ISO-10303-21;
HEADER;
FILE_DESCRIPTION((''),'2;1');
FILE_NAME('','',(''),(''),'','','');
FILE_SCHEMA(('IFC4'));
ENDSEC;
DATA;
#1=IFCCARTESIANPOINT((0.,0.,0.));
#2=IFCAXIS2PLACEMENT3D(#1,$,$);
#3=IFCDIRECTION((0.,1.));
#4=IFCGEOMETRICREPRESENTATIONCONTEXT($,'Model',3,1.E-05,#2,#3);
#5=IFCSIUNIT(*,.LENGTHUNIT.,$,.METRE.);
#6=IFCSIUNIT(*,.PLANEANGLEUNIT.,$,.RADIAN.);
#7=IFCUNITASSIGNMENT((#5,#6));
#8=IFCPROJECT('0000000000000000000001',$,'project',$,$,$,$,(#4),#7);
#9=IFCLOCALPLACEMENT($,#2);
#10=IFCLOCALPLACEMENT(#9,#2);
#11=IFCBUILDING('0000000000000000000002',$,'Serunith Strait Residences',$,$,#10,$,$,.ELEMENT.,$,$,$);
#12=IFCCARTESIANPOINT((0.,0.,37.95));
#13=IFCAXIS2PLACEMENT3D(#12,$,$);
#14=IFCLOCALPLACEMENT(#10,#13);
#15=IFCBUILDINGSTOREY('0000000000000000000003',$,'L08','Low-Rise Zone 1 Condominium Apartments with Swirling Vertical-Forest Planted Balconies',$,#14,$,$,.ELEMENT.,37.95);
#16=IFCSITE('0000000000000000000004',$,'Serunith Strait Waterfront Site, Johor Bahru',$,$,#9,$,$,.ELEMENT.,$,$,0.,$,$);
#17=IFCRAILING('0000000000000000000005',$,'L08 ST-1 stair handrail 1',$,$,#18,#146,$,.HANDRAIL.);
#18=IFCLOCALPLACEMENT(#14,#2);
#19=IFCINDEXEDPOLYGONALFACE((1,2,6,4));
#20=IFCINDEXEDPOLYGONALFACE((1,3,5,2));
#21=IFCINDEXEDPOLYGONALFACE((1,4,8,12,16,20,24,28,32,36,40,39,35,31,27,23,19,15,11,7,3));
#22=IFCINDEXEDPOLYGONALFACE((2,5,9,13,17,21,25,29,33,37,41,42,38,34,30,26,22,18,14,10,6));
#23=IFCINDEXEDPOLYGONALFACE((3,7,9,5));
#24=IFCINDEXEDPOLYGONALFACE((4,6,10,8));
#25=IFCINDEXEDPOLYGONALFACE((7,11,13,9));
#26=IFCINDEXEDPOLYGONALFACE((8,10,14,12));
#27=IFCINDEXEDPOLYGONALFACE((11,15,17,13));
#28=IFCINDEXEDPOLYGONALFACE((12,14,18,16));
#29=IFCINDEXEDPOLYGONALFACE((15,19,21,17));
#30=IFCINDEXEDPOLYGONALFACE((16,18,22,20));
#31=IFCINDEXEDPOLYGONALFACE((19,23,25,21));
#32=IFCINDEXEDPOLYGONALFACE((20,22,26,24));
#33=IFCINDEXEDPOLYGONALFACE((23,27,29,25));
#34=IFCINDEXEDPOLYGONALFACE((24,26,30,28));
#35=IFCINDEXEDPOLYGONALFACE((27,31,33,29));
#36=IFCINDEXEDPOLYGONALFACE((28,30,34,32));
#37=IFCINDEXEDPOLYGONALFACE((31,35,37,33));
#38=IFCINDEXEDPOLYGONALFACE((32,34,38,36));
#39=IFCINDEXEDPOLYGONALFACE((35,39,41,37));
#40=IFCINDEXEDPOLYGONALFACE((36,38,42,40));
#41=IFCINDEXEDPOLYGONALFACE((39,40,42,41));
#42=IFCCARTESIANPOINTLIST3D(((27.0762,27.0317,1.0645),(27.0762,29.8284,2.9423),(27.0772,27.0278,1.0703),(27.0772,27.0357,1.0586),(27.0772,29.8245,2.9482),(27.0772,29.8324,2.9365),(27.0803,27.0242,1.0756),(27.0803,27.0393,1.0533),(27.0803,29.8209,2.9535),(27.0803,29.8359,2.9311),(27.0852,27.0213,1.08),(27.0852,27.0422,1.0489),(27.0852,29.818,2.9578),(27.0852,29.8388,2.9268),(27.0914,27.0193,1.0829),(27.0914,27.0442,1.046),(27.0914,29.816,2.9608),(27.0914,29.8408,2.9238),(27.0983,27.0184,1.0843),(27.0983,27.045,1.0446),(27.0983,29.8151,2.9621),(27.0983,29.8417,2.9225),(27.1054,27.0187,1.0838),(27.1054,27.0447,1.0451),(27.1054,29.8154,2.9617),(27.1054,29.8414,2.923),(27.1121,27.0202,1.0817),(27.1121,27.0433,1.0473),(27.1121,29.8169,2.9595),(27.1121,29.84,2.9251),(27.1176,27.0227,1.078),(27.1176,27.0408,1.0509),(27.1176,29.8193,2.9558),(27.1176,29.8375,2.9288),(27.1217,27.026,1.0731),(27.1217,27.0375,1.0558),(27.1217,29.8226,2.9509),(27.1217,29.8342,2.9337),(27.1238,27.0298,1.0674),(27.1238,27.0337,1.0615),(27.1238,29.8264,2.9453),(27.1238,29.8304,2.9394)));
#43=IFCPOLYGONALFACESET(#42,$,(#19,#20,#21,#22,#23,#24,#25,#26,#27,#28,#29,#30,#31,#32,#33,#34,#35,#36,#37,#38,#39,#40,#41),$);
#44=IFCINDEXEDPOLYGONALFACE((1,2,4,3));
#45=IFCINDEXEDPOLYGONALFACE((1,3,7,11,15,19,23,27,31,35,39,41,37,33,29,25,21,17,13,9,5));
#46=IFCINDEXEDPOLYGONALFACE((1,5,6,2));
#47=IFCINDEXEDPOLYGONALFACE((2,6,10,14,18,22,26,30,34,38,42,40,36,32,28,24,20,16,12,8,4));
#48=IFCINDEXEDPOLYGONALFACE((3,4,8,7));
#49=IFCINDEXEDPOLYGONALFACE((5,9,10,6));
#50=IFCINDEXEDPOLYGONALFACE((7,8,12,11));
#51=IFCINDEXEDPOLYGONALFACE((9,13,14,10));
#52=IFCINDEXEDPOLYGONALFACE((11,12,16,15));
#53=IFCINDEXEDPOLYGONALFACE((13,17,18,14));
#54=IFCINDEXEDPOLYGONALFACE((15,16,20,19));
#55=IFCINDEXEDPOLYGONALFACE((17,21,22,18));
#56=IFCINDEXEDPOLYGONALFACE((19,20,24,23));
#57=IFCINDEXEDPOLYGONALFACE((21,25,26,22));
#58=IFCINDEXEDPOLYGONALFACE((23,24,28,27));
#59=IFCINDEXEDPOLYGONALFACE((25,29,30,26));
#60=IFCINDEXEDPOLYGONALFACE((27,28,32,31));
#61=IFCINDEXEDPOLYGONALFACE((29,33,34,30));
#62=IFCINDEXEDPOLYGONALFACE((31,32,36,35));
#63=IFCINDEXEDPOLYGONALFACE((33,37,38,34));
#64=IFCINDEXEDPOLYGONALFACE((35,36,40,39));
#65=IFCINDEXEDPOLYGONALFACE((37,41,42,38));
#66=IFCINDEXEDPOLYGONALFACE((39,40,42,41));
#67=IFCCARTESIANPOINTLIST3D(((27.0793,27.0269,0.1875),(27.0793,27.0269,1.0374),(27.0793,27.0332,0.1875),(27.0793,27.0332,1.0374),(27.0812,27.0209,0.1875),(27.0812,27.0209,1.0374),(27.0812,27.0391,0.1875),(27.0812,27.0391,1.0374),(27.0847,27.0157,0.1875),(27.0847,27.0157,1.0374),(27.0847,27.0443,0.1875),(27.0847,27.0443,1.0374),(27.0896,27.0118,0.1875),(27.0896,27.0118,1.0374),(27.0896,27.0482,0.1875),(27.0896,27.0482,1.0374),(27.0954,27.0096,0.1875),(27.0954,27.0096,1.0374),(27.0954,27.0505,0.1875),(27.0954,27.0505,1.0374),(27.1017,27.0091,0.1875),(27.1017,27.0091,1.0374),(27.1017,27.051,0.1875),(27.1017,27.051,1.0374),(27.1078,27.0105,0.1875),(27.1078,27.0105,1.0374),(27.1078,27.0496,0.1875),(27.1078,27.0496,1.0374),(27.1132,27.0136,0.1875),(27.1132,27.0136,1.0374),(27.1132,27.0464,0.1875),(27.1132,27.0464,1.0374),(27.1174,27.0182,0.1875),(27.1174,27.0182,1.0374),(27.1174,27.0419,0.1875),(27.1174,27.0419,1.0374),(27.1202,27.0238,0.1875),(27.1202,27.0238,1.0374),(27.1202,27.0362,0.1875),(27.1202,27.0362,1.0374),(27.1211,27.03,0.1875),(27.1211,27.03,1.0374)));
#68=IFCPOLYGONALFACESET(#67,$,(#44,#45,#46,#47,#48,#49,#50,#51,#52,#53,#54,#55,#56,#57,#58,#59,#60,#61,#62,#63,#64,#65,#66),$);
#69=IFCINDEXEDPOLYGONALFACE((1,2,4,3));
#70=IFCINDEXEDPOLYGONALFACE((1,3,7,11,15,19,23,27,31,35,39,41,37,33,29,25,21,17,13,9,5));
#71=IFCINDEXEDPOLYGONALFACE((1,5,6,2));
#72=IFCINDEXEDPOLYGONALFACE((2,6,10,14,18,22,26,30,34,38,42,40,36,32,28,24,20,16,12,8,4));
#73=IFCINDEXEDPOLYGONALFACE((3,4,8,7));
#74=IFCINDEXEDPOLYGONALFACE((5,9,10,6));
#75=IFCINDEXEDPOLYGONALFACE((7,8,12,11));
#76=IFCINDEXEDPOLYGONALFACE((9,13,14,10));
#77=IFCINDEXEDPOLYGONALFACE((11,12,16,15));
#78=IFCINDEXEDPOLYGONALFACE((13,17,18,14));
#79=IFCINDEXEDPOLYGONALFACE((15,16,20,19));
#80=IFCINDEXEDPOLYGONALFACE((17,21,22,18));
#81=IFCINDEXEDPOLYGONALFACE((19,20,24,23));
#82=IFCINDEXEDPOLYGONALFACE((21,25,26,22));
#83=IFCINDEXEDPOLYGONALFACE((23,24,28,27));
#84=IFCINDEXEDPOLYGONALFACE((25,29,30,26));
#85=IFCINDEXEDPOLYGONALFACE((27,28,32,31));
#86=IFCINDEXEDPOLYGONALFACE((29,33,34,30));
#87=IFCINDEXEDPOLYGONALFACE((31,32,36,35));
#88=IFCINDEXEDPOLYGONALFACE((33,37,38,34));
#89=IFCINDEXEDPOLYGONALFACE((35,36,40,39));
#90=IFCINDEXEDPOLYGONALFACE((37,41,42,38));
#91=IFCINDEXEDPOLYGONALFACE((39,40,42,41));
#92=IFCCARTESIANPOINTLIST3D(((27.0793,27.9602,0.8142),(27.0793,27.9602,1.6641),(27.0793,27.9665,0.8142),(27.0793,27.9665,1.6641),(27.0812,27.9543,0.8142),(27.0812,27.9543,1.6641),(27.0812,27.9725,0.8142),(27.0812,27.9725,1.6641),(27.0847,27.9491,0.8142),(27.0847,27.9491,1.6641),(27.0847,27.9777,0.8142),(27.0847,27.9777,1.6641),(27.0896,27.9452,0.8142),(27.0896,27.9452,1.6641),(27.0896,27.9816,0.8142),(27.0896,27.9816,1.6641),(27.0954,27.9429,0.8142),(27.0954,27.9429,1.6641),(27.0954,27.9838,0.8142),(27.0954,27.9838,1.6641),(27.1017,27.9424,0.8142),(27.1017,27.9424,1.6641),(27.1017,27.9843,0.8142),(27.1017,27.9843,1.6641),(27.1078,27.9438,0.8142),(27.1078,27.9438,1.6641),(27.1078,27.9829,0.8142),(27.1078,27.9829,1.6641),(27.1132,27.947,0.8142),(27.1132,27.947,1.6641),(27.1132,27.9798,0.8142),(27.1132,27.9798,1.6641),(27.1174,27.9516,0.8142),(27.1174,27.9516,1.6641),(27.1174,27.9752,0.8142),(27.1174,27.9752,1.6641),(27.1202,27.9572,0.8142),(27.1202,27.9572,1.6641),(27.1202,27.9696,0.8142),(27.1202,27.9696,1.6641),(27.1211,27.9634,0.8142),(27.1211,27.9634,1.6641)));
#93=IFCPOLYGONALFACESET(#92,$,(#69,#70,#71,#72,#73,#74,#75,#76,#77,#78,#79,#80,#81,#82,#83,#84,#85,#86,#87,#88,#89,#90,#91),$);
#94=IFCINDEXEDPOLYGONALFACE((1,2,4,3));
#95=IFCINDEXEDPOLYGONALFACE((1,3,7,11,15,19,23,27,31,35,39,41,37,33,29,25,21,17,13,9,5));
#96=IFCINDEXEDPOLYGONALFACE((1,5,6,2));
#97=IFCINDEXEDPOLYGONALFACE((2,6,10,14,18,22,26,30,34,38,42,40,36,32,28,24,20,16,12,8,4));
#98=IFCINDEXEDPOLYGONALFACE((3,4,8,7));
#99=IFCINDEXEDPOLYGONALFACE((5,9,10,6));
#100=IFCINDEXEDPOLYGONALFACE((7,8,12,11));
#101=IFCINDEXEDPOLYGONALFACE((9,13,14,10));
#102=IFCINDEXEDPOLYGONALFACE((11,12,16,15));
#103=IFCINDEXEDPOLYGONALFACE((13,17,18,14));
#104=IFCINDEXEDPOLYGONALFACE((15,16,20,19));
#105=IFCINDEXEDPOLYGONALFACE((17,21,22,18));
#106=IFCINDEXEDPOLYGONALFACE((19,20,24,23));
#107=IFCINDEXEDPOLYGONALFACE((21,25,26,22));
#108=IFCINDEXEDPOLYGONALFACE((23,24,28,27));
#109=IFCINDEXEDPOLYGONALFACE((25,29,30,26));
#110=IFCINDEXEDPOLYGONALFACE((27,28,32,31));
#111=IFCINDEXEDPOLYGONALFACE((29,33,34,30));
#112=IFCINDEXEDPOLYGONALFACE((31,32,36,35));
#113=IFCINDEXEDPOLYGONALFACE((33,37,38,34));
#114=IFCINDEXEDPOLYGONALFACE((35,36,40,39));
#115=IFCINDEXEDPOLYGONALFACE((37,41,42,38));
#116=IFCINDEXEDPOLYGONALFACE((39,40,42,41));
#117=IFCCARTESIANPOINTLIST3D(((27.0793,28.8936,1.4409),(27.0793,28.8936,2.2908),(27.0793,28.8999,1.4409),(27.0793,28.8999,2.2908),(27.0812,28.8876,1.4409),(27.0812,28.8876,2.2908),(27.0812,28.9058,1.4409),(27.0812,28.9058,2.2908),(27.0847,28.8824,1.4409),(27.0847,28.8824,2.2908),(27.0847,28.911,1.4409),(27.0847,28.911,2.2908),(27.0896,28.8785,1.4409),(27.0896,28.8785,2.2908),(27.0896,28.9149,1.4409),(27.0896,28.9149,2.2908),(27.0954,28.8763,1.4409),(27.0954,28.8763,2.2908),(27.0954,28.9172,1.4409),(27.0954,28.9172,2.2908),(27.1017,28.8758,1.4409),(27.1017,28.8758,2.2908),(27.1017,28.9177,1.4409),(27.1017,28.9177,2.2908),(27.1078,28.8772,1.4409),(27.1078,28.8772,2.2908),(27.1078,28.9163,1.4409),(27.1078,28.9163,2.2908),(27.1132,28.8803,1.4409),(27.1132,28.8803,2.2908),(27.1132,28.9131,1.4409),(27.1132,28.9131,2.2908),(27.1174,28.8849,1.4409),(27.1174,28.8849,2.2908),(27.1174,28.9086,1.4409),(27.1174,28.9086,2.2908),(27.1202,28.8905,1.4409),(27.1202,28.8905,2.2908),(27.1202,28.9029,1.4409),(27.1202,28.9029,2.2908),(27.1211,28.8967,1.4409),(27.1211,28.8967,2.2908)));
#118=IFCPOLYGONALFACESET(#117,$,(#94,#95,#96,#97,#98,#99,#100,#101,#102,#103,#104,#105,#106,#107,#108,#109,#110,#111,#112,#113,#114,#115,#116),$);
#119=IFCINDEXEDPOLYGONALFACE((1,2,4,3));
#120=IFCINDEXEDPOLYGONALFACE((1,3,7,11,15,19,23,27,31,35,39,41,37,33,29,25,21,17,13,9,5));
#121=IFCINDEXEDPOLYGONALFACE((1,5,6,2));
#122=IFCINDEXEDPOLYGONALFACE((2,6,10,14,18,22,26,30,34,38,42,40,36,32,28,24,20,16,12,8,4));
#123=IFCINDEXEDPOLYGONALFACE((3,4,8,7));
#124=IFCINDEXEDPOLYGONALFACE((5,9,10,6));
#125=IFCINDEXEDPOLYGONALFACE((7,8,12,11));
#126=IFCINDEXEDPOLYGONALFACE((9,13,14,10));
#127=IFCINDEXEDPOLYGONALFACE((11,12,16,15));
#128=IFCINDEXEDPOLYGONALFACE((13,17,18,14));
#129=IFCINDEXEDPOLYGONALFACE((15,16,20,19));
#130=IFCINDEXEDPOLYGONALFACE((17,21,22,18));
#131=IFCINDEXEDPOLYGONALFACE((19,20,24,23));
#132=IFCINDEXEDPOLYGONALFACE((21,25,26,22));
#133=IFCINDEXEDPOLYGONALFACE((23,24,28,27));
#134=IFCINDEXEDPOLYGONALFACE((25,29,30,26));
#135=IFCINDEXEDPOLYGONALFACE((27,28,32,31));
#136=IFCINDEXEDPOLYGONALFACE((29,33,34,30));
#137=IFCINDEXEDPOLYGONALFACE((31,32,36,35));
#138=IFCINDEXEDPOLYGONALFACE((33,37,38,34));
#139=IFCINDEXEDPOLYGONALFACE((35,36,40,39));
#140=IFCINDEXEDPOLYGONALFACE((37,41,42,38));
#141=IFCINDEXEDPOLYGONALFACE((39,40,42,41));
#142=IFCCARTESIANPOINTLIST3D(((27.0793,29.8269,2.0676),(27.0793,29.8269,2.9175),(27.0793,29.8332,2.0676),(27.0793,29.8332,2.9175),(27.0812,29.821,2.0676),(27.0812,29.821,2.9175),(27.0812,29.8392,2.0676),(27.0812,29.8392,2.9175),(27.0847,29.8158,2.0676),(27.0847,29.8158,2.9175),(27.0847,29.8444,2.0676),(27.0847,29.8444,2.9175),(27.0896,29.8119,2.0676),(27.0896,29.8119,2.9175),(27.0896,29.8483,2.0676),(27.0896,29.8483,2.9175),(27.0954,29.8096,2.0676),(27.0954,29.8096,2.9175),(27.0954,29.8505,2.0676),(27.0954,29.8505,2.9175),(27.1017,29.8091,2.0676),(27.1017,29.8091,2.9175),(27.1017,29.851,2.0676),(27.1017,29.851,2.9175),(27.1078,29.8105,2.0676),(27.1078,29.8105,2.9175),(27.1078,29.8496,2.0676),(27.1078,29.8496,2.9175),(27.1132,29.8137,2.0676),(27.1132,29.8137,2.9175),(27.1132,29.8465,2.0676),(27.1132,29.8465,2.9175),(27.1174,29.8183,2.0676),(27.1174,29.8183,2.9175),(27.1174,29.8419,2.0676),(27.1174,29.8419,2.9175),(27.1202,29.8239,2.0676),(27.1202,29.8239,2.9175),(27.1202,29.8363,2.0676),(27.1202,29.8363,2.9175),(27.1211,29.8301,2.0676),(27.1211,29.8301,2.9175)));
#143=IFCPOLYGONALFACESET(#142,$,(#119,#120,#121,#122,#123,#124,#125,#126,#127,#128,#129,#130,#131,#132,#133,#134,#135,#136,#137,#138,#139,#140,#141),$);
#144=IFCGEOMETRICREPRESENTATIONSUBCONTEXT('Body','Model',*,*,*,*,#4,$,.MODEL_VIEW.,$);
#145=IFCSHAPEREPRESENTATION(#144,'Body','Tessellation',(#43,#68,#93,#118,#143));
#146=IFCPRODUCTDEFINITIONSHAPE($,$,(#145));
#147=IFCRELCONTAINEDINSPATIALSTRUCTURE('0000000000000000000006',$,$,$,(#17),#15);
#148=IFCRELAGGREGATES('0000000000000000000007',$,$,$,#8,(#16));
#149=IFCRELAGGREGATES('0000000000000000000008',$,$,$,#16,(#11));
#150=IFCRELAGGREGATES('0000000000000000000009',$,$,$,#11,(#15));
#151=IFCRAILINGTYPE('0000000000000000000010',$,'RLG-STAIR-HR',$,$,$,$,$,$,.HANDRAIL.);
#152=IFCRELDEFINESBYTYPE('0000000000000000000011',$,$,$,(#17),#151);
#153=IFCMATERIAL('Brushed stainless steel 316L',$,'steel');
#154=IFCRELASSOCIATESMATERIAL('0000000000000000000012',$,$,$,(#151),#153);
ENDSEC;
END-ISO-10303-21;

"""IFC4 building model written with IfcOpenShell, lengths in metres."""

from ifc_helpers import new_model, si_unit, direction, frame, origin, origin_2d, place, context, subcontext, project, spatial, circle, extrude, material, type_object, element, save


model = new_model("IFC4")

# Units and contexts
model_context = context("Model", 3, precision=1e-05, world=origin(), true_north=direction((0.0, 1.0)))
body_context = subcontext(model_context, "Body", "Model", "MODEL_VIEW")
ifc_project = project(units=[si_unit("LENGTHUNIT", "METRE"), si_unit("PLANEANGLEUNIT", "RADIAN")], contexts=[model_context])

# Site, building, storey
site_placement = place(None, origin())
site = spatial("IfcSite", under=ifc_project, at=site_placement, Name="Serunith Strait Waterfront Site, Johor Bahru", CompositionType="ELEMENT", RefElevation=0.0)
building_placement = place(site_placement, origin())
building = spatial("IfcBuilding", under=site, at=building_placement, Name="Serunith Strait Residences", CompositionType="ELEMENT")
storey_placement = place(building_placement, frame((0.0, 0.0, 37.95)))
storey = spatial("IfcBuildingStorey", under=building, at=storey_placement, Name="L08", Description="Low-Rise Zone 1 Condominium Apartments with Swirling Vertical-Forest Planted Balconies", CompositionType="ELEMENT", Elevation=37.95)

# Railing
ifc_material_1 = material(Name="Brushed stainless steel 316L", Category="steel")
railing_type_1 = type_object("IfcRailingType", Name="RLG-STAIR-HR", PredefinedType="HANDRAIL", material=ifc_material_1)
railing_1_placement = place(storey_placement, frame((27.1001, 27.03, 0.1875)))
element("IfcRailing", 1, at=railing_1_placement, inside=storey, type_object=railing_type_1, Name="L08 ST-1 stair handrail 1", PredefinedType="HANDRAIL", context=body_context, shape_type="SweptSolid", body=[
    extrude(circle(Radius=0.0239, at=origin_2d()), frame((0.0, 0.0017, 0.877), z_axis=(0.0, 0.830208, 0.557453), x_axis=(-1.0, 0.0, 0.0)), (0.0, 0.0, 1.0), 3.3687),
    extrude(circle(Radius=0.021, at=origin_2d()), origin(), (0.0, 0.0, 1.0), 0.8499),
    extrude(circle(Radius=0.021, at=origin_2d()), frame((0.0, 0.9333, 0.6267)), (0.0, 0.0, 1.0), 0.8499),
    extrude(circle(Radius=0.021, at=origin_2d()), frame((0.0, 1.8667, 1.2534)), (0.0, 0.0, 1.0), 0.8499),
    extrude(circle(Radius=0.021, at=origin_2d()), frame((0.0, 2.8, 1.8801)), (0.0, 0.0, 1.0), 0.8499),
])

save(model, "model.ifc")
